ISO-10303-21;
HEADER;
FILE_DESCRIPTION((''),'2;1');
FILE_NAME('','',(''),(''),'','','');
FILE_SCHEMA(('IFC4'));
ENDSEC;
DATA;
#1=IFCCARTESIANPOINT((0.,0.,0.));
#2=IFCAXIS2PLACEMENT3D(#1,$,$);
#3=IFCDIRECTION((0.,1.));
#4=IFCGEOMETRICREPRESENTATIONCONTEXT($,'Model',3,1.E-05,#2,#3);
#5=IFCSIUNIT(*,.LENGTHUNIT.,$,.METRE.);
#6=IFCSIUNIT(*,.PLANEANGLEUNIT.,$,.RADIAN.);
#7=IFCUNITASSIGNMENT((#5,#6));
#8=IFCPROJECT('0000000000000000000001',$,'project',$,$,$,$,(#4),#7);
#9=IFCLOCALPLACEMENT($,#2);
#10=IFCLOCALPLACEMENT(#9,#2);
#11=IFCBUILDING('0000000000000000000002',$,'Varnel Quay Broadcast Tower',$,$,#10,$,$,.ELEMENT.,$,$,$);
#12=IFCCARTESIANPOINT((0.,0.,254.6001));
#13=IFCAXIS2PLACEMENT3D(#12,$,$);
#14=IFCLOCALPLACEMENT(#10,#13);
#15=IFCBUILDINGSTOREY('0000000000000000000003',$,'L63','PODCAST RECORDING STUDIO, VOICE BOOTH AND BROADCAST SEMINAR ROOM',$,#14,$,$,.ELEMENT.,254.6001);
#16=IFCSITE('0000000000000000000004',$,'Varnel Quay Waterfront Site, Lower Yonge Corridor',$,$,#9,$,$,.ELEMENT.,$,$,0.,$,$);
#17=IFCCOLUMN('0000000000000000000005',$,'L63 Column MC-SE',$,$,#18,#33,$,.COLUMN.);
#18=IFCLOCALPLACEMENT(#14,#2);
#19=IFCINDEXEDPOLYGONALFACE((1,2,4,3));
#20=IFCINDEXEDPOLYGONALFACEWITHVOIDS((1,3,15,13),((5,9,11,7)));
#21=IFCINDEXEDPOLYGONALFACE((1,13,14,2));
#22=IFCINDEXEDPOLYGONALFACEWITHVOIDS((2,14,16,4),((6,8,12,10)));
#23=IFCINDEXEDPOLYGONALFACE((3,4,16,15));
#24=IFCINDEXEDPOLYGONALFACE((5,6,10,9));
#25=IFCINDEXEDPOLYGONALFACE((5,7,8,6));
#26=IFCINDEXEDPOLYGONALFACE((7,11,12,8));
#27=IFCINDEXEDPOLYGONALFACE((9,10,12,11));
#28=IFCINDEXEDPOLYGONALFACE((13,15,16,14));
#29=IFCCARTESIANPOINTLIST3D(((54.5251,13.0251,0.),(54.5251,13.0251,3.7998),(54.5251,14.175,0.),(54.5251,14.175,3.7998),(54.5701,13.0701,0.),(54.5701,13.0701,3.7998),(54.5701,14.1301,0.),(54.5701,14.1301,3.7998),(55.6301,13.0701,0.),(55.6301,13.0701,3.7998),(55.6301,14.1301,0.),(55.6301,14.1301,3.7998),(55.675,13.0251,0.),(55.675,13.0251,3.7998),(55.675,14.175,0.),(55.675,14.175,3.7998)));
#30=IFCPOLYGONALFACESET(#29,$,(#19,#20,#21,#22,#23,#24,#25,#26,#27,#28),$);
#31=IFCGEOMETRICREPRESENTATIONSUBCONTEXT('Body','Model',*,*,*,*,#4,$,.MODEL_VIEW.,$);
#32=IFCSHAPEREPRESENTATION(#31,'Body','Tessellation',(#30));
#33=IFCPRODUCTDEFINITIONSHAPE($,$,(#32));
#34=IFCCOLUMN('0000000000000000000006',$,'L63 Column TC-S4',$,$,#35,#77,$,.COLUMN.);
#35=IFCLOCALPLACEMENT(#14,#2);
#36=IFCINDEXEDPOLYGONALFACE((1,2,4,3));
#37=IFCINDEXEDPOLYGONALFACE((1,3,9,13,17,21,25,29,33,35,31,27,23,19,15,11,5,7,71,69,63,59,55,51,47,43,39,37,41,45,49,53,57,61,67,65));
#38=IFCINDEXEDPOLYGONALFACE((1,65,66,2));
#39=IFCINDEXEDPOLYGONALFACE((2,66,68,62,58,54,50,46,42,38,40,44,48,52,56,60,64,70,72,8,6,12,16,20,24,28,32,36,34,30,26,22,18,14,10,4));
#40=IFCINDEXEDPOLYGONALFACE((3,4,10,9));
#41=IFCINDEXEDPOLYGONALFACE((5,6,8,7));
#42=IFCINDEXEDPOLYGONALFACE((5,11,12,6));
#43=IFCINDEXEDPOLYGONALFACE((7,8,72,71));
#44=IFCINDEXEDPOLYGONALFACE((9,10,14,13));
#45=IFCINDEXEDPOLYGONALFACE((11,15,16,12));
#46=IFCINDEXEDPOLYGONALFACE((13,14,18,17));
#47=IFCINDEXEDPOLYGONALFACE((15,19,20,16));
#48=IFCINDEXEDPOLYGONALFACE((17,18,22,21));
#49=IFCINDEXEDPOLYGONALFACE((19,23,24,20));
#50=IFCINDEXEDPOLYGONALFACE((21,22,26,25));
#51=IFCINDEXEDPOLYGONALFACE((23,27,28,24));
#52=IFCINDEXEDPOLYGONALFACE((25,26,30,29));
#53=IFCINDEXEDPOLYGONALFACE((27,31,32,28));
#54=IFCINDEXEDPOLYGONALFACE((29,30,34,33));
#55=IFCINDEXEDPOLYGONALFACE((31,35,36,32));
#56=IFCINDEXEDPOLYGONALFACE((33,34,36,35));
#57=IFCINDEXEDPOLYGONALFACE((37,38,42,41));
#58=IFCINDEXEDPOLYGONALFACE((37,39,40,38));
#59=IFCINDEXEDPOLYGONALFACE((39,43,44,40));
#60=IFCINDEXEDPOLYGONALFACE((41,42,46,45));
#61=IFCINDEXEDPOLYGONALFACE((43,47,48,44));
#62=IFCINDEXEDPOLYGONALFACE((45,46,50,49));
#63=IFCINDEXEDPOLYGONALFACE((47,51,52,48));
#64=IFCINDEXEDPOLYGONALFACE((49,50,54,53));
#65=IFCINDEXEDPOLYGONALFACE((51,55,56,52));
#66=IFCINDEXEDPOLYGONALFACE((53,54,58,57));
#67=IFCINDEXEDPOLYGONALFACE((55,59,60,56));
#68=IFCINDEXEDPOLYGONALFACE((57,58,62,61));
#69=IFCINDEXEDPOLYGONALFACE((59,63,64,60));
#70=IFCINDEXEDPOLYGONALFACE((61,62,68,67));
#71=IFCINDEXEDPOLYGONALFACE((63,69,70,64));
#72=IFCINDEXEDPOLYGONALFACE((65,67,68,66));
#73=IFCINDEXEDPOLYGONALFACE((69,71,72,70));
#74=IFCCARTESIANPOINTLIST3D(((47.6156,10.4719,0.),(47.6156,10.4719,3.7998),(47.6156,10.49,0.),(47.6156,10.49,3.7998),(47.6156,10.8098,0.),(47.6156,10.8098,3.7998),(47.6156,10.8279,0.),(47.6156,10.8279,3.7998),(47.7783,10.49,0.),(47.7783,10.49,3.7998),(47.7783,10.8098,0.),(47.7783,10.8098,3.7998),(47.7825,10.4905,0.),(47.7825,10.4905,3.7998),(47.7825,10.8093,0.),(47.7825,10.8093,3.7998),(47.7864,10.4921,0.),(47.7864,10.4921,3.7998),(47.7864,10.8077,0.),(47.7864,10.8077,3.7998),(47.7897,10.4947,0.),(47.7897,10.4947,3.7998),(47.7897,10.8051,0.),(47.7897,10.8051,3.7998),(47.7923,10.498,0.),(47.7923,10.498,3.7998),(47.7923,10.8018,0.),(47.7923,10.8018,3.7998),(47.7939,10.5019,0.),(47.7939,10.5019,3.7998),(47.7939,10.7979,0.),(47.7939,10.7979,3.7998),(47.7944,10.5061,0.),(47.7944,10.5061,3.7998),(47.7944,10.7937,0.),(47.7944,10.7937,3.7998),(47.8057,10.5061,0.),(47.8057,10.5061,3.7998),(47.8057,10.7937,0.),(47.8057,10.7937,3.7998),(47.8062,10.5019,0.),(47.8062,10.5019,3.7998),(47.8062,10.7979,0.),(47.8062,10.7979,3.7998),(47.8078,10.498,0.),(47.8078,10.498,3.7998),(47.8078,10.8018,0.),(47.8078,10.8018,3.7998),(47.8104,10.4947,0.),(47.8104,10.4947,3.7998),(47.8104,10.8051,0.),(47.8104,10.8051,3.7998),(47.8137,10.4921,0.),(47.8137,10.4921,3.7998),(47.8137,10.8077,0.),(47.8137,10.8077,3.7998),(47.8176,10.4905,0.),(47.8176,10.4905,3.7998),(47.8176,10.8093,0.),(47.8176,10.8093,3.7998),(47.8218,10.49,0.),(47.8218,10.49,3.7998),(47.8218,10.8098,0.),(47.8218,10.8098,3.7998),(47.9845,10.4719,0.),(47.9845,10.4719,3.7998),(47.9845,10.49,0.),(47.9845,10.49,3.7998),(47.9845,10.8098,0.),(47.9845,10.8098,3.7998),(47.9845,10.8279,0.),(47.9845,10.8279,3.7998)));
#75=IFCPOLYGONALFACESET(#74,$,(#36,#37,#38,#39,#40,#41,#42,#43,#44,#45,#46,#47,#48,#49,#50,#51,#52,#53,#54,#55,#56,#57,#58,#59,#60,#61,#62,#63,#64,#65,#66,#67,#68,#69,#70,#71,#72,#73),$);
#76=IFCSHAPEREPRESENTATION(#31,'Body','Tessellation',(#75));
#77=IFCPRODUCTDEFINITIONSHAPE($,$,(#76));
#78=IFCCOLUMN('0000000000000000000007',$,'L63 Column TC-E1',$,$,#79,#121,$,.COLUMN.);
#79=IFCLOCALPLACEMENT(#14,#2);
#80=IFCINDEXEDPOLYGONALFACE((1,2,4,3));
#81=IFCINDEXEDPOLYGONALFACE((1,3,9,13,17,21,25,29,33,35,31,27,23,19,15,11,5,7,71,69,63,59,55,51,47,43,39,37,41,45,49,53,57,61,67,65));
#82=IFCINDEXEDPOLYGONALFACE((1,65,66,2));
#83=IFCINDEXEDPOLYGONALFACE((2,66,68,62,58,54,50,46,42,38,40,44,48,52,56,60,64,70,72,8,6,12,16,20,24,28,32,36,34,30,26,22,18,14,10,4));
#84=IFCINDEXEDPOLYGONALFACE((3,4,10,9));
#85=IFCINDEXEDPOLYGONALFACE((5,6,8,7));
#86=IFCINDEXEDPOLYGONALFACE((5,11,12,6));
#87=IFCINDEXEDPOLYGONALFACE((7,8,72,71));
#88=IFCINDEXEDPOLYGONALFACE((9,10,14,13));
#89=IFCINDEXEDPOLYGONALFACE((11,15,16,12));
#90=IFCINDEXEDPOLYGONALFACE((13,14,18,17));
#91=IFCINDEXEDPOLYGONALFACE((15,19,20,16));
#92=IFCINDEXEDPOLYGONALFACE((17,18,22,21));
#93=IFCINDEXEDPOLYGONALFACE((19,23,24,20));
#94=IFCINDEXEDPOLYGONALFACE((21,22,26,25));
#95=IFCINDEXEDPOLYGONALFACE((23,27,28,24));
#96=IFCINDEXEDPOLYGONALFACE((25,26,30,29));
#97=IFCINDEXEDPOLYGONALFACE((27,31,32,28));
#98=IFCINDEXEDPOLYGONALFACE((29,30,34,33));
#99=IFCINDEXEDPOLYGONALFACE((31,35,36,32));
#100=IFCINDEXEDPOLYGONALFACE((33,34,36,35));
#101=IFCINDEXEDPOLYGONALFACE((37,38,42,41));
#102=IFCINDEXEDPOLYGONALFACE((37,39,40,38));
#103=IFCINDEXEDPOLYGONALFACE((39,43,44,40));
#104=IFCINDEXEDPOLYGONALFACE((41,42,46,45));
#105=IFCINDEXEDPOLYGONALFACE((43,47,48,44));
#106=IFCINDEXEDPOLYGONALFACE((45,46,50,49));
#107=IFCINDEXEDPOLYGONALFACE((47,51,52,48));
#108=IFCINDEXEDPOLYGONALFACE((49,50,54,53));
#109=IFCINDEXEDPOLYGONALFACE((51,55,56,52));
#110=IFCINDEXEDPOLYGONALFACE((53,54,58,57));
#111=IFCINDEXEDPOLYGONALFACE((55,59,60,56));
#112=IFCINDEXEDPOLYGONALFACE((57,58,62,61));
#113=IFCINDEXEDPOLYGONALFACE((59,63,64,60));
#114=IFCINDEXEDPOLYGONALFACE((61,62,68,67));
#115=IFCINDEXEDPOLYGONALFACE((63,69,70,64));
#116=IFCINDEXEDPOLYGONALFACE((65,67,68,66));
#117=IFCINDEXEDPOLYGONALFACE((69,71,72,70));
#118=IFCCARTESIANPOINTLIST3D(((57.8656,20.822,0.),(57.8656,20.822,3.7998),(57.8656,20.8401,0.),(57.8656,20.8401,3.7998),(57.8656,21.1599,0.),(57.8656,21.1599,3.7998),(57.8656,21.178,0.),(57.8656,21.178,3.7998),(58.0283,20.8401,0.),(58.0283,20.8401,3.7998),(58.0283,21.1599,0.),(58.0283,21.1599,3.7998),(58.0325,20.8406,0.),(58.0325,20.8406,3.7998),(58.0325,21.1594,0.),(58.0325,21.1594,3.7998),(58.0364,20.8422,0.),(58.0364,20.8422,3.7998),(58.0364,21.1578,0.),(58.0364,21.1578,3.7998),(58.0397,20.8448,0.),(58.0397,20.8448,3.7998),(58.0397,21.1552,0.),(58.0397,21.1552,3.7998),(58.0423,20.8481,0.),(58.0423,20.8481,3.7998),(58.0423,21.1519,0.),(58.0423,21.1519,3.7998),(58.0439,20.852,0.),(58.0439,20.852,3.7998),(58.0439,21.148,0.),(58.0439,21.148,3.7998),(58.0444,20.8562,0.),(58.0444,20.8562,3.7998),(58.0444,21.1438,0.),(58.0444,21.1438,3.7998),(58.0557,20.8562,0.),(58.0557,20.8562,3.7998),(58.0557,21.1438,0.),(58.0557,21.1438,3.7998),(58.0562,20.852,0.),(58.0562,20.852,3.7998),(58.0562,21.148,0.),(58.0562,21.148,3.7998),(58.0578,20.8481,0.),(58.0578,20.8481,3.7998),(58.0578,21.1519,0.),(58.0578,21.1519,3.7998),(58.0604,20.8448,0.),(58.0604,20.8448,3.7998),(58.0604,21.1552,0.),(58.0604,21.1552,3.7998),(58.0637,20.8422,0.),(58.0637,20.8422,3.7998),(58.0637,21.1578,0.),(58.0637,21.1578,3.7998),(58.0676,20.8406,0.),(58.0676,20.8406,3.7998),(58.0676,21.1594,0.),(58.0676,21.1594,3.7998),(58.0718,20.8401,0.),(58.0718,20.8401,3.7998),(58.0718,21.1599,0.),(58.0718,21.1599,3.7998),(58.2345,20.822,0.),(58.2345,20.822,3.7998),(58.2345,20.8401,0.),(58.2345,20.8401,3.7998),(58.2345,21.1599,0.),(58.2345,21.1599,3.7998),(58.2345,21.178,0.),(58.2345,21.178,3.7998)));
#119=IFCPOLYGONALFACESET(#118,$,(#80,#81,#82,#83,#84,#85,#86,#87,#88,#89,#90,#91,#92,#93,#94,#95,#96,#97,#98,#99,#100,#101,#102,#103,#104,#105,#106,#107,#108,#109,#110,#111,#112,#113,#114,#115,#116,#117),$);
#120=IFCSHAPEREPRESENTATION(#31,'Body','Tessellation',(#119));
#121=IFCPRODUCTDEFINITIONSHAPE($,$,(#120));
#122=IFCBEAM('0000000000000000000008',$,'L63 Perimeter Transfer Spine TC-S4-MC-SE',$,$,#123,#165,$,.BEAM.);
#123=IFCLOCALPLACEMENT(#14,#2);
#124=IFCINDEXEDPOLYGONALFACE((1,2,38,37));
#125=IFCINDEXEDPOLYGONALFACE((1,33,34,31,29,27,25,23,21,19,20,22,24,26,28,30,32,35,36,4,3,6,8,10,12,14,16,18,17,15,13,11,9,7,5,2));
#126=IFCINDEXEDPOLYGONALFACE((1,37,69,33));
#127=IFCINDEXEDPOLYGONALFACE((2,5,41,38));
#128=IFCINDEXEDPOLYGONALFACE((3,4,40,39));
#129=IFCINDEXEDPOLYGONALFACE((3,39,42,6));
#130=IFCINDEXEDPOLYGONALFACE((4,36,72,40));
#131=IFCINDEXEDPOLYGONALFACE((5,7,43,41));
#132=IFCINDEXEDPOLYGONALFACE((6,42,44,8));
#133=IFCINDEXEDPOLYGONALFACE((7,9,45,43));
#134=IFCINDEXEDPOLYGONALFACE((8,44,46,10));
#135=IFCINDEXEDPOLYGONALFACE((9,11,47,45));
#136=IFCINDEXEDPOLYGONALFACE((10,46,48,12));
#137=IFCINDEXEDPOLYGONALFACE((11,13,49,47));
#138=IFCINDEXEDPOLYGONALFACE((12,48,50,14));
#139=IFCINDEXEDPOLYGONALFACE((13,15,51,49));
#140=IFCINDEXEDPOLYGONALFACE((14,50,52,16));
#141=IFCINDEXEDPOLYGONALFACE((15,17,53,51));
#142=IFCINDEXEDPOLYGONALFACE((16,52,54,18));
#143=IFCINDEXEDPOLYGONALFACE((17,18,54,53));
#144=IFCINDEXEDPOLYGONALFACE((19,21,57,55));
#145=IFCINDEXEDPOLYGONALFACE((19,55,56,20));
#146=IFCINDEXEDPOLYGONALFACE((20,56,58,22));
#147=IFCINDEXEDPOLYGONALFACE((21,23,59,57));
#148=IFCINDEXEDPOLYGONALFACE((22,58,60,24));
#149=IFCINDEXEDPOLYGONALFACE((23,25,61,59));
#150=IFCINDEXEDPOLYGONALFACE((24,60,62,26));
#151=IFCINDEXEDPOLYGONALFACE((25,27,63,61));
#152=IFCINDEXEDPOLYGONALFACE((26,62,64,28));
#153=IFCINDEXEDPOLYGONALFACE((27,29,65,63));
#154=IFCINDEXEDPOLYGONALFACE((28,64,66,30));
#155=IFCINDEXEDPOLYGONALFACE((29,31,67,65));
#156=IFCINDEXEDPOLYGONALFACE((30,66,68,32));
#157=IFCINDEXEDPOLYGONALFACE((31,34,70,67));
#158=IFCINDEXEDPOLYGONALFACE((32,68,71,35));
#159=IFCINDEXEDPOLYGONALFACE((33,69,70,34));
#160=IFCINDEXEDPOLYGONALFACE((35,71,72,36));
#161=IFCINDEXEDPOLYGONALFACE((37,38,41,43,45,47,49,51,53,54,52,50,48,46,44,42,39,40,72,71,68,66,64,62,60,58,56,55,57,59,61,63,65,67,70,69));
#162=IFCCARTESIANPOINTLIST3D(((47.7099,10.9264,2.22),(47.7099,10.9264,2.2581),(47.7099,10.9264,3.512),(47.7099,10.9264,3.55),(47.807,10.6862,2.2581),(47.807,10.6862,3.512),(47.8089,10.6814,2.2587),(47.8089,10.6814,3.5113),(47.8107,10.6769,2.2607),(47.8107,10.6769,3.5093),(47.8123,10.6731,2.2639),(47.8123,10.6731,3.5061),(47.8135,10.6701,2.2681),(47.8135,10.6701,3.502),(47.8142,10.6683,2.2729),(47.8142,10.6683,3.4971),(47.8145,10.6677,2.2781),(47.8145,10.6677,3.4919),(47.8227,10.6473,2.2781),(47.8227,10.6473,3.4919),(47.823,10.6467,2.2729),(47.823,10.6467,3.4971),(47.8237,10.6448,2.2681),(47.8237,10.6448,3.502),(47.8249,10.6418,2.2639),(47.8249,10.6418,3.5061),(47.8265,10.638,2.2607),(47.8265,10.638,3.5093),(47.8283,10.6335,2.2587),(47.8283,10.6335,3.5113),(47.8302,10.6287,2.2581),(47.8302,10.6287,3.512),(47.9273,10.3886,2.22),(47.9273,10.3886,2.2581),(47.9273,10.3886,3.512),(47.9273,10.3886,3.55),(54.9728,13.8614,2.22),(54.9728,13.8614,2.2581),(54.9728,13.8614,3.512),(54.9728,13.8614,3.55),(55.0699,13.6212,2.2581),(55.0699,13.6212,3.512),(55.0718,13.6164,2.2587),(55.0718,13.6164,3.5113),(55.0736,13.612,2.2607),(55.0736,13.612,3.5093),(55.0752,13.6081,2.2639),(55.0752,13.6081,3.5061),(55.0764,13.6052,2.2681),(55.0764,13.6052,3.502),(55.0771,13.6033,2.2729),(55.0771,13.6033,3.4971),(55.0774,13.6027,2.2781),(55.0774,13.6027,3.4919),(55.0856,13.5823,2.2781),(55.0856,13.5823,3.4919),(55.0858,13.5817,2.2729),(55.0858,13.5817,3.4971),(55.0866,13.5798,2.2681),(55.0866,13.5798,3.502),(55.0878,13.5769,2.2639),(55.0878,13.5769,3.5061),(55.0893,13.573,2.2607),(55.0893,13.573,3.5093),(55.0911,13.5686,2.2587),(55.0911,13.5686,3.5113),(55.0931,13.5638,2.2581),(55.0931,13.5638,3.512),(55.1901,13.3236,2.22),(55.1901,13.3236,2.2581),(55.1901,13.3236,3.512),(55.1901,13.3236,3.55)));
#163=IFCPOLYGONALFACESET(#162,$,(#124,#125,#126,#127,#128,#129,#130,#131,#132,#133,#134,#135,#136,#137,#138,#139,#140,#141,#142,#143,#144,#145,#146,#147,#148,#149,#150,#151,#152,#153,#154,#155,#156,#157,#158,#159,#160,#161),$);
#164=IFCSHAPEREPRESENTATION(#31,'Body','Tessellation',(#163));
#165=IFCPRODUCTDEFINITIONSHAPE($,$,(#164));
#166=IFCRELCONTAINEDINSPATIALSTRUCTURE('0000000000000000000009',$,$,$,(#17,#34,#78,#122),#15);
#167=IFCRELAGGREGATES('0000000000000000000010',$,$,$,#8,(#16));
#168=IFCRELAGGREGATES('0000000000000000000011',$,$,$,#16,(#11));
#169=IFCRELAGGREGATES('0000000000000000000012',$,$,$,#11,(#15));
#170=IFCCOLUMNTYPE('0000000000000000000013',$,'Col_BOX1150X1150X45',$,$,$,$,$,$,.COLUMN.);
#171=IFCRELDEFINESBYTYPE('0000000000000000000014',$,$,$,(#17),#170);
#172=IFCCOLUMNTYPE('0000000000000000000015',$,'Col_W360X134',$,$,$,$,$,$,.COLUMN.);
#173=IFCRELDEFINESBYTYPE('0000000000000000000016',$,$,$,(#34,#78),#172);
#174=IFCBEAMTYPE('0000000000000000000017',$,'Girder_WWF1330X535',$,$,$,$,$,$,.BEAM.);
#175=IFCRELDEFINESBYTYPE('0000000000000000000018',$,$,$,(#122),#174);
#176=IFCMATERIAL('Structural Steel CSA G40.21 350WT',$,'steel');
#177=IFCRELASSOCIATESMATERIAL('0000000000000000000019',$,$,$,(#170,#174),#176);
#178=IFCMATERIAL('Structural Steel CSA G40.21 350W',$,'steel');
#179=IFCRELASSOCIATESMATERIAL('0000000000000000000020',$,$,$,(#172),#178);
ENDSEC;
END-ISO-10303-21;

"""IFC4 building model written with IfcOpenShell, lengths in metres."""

from ifc_helpers import new_model, si_unit, direction, frame, origin, origin_2d, place, context, subcontext, project, spatial, hollow_rectangle, i_section, extrude, source, transform, mapped, material, material_profile, profile_set, type_object, type_shapes, element, save


model = new_model("IFC4")

# Units and contexts
model_context = context("Model", 3, precision=1e-05, world=origin(), true_north=direction((0.0, 1.0)))
body_context = subcontext(model_context, "Body", "Model", "MODEL_VIEW")
ifc_project = project(units=[si_unit("LENGTHUNIT", "METRE"), si_unit("PLANEANGLEUNIT", "RADIAN")], contexts=[model_context])

# Site, building, storey
site_placement = place(None, origin())
site = spatial("IfcSite", under=ifc_project, at=site_placement, Name="Varnel Quay Waterfront Site, Lower Yonge Corridor", CompositionType="ELEMENT", RefElevation=0.0)
building_placement = place(site_placement, origin())
building = spatial("IfcBuilding", under=site, at=building_placement, Name="Varnel Quay Broadcast Tower", CompositionType="ELEMENT")
storey_placement = place(building_placement, frame((0.0, 0.0, 254.6001)))
storey = spatial("IfcBuildingStorey", under=building, at=storey_placement, Name="L63", Description="PODCAST RECORDING STUDIO, VOICE BOOTH AND BROADCAST SEMINAR ROOM", CompositionType="ELEMENT", Elevation=254.6001)

# Columns
ifc_material_1 = material(Name="Structural Steel CSA G40.21 350WT", Category="steel")
ifc_material_profile_1 = material_profile(ifc_material_1, hollow_rectangle(XDim=1.1499, YDim=1.1499, WallThickness=0.0449, at=origin_2d()), Name="BOX1150X1150X45")
ifc_profile_set_1 = profile_set([ifc_material_profile_1], Name="Structural Steel CSA G40.21 350WT")
column_type_1 = type_object("IfcColumnType", Name="Col_BOX1150X1150X45", PredefinedType="COLUMN", material=ifc_profile_set_1)
shared_shape_1 = source(origin(), body_context, "Body", "SweptSolid", [
    extrude(hollow_rectangle(XDim=1.1499, YDim=1.1499, WallThickness=0.0449, at=origin_2d()), origin(), (0.0, 0.0, 1.0), 3.7998),
])
type_shapes(column_type_1, [shared_shape_1])
column_placement = place(storey_placement, frame((55.1001, 13.6001, 0.0), z_axis=(0.0, 0.0, 1.0), x_axis=(1.0, 0.0, 0.0)))
element("IfcColumn", 1, at=column_placement, inside=storey, type_object=column_type_1, Name="L63 Column MC-SE", PredefinedType="COLUMN", context=body_context, shape_type="MappedRepresentation", body=[
    mapped(shared_shape_1, transform((0.0, 0.0, 0.0), x_axis=(1.0, 0.0, 0.0), y_axis=(0.0, 1.0, 0.0), z_axis=(0.0, 0.0, 1.0), scale=1.0)),
])
ifc_material_2 = material(Name="Structural Steel CSA G40.21 350W", Category="steel")
ifc_material_profile_2 = material_profile(ifc_material_2, i_section(OverallWidth=0.3689, OverallDepth=0.356, WebThickness=0.0112, FlangeThickness=0.0181, FilletRadius=0.0161, at=origin_2d()), Name="W360X134")
ifc_profile_set_2 = profile_set([ifc_material_profile_2], Name="Structural Steel CSA G40.21 350W")
column_type_2 = type_object("IfcColumnType", Name="Col_W360X134", PredefinedType="COLUMN", material=ifc_profile_set_2)
shared_shape_2 = source(origin(), body_context, "Body", "SweptSolid", [
    extrude(i_section(OverallWidth=0.3689, OverallDepth=0.356, WebThickness=0.0112, FlangeThickness=0.0181, FilletRadius=0.0161, at=origin_2d()), origin(), (0.0, 0.0, 1.0), 3.7998),
])
type_shapes(column_type_2, [shared_shape_2])
for number, where, z_axis, x_axis, name in (
    (2, (47.8, 10.6499, 0.0), (0.0, 0.0, 1.0), (1.0, 0.0, 0.0), "L63 Column TC-S4"),
    (3, (58.05, 21.0, 0.0), (0.0, 0.0, 1.0), (1.0, 0.0, 0.0), "L63 Column TC-E1"),
):
    element("IfcColumn", number, at=place(storey_placement, frame(where, z_axis=z_axis, x_axis=x_axis)), inside=storey, type_object=column_type_2, Name=name, PredefinedType="COLUMN", context=body_context, shape_type="MappedRepresentation", body=[
        mapped(shared_shape_2, transform((0.0, 0.0, 0.0), x_axis=(1.0, 0.0, 0.0), y_axis=(0.0, 1.0, 0.0), z_axis=(0.0, 0.0, 1.0), scale=1.0)),
    ])

# Beam
ifc_material_profile_3 = material_profile(ifc_material_1, i_section(OverallWidth=0.5801, OverallDepth=1.3301, WebThickness=0.022, FlangeThickness=0.0381, FilletRadius=0.02, at=origin_2d()), Name="WWF1330X535")
ifc_profile_set_3 = profile_set([ifc_material_profile_3], Name="Structural Steel CSA G40.21 350WT")
beam_type_1 = type_object("IfcBeamType", Name="Girder_WWF1330X535", PredefinedType="BEAM", material=ifc_profile_set_3)
shared_shape_3 = source(origin(), body_context, "Body", "SweptSolid", [
    extrude(i_section(OverallWidth=0.5801, OverallDepth=1.3301, WebThickness=0.022, FlangeThickness=0.0381, FilletRadius=0.02, at=origin_2d()), origin(), (0.0, 0.0, 1.0), 7.8335),
])
beam_1_placement = place(storey_placement, frame((47.8186, 10.6575, 2.885), z_axis=(0.927155, 0.374677, 0.0), x_axis=(-0.374677, 0.927155, 0.0)))
element("IfcBeam", 4, at=beam_1_placement, inside=storey, type_object=beam_type_1, Name="L63 Perimeter Transfer Spine TC-S4-MC-SE", PredefinedType="BEAM", context=body_context, shape_type="MappedRepresentation", body=[
    mapped(shared_shape_3, transform((0.0, 0.0, 0.0), x_axis=(1.0, 0.0, 0.0), y_axis=(0.0, 1.0, 0.0), z_axis=(0.0, 0.0, 1.0), scale=1.0)),
])

save(model, "model.ifc")
